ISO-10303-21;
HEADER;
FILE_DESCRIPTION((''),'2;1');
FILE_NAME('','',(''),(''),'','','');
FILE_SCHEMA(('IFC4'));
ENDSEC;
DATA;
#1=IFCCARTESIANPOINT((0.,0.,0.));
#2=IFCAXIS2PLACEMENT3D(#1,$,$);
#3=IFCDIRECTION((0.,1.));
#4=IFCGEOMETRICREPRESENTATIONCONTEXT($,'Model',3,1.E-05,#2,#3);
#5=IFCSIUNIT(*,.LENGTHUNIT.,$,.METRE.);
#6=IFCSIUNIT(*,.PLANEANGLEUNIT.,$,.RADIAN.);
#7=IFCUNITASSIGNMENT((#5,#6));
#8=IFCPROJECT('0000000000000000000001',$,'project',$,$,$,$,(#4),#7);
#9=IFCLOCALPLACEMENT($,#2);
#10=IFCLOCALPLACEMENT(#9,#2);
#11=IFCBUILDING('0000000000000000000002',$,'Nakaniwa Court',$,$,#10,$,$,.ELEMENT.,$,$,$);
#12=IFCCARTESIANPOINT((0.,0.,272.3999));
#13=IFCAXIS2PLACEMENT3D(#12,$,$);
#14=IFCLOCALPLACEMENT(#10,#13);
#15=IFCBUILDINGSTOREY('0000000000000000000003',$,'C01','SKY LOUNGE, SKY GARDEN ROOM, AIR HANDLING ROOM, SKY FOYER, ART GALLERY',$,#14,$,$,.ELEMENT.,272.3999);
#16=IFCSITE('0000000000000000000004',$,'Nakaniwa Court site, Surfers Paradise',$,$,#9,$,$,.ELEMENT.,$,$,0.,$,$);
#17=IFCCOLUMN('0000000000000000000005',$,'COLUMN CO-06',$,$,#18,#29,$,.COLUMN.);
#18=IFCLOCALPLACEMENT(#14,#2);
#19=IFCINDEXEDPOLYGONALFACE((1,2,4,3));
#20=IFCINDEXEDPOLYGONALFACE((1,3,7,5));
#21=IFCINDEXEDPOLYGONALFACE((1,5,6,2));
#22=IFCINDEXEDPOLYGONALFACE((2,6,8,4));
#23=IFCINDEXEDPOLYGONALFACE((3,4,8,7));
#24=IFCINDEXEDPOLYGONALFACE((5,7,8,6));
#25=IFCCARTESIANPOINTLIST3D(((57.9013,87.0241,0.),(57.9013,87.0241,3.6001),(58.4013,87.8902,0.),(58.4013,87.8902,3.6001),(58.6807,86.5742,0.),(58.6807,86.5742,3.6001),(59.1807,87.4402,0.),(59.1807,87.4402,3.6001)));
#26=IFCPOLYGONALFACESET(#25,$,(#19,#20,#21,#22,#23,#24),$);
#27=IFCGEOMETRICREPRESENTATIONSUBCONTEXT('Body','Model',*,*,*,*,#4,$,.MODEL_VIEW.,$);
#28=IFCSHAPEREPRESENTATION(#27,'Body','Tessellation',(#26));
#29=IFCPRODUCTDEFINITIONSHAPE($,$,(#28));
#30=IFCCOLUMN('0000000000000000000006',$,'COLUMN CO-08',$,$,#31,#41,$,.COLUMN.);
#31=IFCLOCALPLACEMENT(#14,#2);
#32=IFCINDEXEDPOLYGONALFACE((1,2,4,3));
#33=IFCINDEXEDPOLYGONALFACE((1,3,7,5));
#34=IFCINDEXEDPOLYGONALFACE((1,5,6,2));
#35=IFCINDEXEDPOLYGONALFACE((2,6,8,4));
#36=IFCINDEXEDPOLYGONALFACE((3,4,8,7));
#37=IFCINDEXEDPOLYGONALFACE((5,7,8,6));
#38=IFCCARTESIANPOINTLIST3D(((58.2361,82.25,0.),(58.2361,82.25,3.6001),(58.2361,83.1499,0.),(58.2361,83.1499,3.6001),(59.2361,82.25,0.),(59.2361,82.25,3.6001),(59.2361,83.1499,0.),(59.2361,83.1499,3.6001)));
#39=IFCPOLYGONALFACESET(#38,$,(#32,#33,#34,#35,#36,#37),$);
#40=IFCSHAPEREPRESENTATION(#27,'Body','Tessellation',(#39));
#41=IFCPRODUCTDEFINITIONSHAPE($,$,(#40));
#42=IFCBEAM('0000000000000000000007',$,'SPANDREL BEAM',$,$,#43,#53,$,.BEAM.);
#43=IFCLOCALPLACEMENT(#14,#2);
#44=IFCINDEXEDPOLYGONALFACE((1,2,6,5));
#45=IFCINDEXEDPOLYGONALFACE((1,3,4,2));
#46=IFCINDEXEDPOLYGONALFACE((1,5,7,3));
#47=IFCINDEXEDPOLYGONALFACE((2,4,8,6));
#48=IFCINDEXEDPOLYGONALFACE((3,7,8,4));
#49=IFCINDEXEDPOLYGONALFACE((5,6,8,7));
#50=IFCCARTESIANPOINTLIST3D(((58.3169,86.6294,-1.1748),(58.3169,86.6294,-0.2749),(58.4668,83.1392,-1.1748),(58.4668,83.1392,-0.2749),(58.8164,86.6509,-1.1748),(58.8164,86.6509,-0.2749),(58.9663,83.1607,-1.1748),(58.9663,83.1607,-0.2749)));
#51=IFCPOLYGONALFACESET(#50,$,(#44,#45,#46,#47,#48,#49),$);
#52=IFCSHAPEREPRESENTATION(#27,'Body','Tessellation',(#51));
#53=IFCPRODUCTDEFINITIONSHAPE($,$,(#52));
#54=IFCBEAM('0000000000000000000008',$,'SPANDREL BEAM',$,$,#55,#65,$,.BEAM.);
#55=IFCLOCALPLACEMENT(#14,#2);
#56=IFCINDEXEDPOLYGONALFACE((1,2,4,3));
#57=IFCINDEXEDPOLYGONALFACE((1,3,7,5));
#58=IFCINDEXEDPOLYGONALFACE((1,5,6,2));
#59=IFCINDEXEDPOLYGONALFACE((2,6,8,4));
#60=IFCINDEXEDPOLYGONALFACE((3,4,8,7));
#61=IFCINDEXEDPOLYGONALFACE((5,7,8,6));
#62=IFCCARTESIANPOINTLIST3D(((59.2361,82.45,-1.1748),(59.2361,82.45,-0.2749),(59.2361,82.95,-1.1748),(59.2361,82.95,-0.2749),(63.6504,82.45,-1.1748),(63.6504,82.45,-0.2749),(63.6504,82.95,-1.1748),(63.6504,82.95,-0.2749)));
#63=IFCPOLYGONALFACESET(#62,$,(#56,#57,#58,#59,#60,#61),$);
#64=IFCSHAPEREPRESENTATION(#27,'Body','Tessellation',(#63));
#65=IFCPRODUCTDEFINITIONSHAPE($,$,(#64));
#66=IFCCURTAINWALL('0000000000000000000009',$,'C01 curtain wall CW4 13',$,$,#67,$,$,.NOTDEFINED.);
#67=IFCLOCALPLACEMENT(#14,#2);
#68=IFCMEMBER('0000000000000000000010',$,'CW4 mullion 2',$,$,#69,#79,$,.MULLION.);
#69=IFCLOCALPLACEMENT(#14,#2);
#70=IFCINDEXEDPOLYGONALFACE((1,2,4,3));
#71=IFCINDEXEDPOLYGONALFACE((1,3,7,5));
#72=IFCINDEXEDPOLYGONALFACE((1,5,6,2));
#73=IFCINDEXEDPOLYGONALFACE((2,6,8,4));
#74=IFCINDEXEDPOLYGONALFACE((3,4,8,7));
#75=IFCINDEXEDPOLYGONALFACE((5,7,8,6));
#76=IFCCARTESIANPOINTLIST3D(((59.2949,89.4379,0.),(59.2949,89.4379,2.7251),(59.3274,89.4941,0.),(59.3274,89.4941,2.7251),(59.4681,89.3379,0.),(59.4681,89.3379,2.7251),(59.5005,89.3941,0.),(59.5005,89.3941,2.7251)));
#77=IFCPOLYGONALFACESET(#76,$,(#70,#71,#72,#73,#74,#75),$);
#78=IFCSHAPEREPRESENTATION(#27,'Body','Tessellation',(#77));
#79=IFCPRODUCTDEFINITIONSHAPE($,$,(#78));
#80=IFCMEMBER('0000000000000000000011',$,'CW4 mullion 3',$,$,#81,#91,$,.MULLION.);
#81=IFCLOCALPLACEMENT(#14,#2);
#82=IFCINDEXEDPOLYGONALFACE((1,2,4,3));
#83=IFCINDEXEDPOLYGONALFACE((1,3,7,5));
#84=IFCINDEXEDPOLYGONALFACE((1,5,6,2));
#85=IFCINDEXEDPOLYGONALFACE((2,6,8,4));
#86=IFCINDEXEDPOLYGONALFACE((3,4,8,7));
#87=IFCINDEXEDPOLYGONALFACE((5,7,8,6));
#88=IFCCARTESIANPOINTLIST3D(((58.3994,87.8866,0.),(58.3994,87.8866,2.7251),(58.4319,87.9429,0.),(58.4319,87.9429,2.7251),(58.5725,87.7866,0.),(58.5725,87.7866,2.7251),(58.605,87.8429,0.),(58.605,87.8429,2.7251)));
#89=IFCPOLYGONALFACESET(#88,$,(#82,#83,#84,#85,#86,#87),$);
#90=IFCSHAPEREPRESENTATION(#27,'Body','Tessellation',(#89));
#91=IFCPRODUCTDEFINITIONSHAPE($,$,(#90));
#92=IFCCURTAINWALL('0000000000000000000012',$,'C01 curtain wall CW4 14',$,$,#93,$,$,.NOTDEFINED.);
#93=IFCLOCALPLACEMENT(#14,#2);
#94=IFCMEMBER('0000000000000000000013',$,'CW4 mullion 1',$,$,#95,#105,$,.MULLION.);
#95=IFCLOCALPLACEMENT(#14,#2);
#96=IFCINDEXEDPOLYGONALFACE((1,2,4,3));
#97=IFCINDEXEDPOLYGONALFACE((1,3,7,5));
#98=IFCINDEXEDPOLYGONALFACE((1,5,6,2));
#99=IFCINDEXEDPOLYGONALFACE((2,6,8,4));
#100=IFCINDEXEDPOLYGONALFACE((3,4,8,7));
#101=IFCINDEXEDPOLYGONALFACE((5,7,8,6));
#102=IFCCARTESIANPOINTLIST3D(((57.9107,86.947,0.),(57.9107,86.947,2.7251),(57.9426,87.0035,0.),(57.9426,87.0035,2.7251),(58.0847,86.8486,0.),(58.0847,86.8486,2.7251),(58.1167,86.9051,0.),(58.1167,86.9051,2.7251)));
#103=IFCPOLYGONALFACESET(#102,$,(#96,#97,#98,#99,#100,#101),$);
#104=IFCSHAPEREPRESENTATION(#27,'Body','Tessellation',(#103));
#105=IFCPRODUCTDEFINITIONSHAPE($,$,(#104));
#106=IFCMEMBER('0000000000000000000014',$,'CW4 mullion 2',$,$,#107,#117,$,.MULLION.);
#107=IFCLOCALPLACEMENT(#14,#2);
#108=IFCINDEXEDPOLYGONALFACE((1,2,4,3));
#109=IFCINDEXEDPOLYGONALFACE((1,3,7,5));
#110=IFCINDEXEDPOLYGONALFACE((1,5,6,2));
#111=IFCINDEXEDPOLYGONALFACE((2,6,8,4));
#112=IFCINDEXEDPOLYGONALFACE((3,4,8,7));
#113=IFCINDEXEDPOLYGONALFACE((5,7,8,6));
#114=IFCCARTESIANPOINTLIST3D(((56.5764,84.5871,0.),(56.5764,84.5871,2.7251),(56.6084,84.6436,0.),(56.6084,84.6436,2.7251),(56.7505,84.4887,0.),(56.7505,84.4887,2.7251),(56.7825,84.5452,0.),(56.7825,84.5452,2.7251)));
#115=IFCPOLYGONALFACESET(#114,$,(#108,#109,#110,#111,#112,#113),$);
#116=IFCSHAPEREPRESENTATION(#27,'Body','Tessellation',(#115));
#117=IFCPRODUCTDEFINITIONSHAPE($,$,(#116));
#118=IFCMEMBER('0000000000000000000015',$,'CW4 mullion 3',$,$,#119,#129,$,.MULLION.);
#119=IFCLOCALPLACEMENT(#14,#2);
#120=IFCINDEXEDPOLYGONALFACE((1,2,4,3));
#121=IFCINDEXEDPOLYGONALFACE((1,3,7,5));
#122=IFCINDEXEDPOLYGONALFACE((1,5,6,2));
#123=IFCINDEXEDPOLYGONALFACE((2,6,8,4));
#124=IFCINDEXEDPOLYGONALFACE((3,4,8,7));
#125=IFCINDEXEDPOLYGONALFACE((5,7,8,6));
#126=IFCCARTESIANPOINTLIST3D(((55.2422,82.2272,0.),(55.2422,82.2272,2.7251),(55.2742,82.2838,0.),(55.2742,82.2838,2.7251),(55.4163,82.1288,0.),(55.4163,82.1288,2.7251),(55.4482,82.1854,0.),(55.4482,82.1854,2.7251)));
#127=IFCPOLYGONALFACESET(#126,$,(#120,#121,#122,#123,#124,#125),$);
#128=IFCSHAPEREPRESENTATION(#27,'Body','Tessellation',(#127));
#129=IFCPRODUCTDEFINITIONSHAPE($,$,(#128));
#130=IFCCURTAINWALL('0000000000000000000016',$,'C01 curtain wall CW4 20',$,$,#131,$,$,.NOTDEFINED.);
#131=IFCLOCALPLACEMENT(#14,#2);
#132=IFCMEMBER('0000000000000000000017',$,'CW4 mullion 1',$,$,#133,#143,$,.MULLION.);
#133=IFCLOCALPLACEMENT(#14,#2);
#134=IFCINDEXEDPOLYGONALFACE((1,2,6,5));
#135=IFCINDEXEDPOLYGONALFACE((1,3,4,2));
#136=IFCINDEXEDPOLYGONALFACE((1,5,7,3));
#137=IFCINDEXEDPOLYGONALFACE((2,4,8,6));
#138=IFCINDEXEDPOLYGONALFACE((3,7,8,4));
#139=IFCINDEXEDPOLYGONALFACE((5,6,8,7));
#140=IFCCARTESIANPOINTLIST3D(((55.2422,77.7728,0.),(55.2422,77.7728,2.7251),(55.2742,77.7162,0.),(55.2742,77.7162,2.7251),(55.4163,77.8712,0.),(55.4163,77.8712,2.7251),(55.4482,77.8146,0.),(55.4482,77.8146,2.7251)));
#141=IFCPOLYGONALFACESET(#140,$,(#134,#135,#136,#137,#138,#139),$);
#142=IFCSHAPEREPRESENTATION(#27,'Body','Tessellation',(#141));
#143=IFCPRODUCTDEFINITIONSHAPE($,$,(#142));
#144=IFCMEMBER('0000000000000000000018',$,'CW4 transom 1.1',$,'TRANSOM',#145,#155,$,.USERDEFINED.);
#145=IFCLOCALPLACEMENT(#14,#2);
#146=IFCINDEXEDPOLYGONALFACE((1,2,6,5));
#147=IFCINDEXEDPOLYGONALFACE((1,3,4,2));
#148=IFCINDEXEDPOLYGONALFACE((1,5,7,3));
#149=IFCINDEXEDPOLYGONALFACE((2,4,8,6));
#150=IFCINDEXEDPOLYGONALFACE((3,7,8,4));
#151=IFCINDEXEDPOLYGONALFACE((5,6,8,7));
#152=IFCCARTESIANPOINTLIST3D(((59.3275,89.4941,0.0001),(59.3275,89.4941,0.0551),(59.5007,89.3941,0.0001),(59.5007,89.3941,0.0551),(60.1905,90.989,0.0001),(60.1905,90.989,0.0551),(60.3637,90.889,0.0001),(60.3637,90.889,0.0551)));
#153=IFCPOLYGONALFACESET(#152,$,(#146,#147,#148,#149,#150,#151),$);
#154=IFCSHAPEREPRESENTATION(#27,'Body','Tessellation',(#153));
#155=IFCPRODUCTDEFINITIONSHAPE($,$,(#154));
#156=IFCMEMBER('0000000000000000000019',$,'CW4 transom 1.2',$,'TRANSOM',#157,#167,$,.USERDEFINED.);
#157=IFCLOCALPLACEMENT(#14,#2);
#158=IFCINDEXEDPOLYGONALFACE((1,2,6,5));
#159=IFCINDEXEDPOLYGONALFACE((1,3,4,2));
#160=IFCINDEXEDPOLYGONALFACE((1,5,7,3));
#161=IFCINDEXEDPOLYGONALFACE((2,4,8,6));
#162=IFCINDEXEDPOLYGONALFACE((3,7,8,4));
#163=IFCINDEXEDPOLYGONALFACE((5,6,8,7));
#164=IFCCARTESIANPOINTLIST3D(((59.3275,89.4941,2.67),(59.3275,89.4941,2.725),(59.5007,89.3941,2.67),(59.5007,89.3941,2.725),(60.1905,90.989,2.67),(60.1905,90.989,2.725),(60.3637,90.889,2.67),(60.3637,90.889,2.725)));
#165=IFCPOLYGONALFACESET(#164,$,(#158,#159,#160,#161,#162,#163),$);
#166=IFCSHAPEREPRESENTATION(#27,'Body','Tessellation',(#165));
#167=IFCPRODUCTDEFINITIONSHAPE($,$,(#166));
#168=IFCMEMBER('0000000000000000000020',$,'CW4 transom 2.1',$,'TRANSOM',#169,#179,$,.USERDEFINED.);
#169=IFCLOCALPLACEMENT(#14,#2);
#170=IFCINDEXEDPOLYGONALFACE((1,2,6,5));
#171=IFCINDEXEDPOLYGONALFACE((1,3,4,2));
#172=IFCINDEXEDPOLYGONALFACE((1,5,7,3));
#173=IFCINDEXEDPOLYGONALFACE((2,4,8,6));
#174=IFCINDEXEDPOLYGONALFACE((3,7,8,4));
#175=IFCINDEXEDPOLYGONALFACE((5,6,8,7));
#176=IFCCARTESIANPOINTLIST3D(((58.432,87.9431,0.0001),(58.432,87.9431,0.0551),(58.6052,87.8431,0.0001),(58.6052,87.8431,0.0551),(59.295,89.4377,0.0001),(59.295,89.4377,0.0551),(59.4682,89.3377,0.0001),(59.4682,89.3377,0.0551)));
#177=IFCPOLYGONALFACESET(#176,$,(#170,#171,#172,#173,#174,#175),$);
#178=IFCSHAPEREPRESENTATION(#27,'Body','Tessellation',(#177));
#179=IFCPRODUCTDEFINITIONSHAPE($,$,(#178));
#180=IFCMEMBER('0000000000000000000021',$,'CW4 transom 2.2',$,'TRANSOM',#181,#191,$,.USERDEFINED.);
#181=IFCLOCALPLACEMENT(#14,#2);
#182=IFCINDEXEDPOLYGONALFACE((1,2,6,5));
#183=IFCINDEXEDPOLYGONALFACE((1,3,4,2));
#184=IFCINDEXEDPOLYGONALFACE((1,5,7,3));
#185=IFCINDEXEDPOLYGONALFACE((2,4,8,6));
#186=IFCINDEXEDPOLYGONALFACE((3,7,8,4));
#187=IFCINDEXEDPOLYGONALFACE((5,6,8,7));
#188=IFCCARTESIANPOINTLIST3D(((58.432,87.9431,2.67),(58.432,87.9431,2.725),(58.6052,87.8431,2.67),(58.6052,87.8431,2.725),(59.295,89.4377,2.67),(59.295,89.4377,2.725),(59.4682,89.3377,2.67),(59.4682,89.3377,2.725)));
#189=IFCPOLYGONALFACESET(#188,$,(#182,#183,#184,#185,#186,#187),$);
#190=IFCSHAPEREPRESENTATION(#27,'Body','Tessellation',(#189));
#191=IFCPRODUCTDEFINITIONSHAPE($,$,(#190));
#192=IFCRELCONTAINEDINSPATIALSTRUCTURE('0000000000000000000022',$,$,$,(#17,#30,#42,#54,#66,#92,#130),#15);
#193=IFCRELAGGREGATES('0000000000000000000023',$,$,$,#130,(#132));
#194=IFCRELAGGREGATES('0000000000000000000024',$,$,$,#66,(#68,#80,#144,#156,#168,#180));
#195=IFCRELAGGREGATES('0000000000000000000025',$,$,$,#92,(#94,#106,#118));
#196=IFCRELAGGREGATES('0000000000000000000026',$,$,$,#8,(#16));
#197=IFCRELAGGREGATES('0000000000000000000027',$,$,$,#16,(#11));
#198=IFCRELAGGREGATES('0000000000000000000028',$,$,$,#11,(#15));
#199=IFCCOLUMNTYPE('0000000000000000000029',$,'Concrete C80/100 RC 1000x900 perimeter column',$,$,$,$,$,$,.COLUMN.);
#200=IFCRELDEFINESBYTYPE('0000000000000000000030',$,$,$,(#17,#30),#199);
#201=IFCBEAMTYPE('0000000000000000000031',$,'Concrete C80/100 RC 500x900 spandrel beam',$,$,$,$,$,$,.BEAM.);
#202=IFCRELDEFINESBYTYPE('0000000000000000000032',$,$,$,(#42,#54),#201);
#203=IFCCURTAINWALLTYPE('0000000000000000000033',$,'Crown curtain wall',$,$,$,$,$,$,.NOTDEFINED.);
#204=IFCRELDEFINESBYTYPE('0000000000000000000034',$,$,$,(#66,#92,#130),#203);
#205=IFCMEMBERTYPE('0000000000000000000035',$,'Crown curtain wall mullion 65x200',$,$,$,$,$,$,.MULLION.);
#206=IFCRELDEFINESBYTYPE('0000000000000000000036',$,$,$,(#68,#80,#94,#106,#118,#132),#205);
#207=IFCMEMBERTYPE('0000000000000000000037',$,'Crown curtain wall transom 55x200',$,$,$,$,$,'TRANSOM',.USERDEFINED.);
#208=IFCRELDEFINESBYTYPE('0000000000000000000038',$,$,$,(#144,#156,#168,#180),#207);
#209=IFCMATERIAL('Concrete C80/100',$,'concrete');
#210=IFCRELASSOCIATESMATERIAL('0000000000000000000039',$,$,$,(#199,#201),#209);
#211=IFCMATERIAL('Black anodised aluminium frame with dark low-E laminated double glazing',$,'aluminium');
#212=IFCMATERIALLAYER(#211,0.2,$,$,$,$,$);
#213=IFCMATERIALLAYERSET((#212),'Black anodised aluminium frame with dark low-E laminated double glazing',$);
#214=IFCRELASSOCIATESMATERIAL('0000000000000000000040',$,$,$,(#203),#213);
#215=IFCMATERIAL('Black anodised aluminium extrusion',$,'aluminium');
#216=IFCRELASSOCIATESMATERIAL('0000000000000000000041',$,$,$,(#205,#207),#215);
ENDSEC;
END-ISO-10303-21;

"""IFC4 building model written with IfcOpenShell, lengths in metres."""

from ifc_helpers import new_model, si_unit, direction, frame, origin, origin_2d, place, context, subcontext, project, spatial, rectangle, extrude, material, layer, layer_set, material_profile, profile_set, type_object, element, aggregate, save


model = new_model("IFC4")

# Units and contexts
model_context = context("Model", 3, precision=1e-05, world=origin(), true_north=direction((0.0, 1.0)))
body_context = subcontext(model_context, "Body", "Model", "MODEL_VIEW")
ifc_project = project(units=[si_unit("LENGTHUNIT", "METRE"), si_unit("PLANEANGLEUNIT", "RADIAN")], contexts=[model_context])

# Site, building, storey
site_placement = place(None, origin())
site = spatial("IfcSite", under=ifc_project, at=site_placement, Name="Nakaniwa Court site, Surfers Paradise", CompositionType="ELEMENT", RefElevation=0.0)
building_placement = place(site_placement, origin())
building = spatial("IfcBuilding", under=site, at=building_placement, Name="Nakaniwa Court", CompositionType="ELEMENT")
storey_placement = place(building_placement, frame((0.0, 0.0, 272.3999)))
storey = spatial("IfcBuildingStorey", under=building, at=storey_placement, Name="C01", Description="SKY LOUNGE, SKY GARDEN ROOM, AIR HANDLING ROOM, SKY FOYER, ART GALLERY", CompositionType="ELEMENT", Elevation=272.3999)

# Columns
ifc_material_1 = material(Name="Concrete C80/100", Category="concrete")
ifc_material_profile_1 = material_profile(ifc_material_1, rectangle(XDim=1.0, YDim=0.8999, at=origin_2d()), Name="Concrete C80/100 RC 1000x900 perimeter column")
ifc_profile_set_1 = profile_set([ifc_material_profile_1], Name="Concrete C80/100")
column_type = type_object("IfcColumnType", Name="Concrete C80/100 RC 1000x900 perimeter column", PredefinedType="COLUMN", material=ifc_profile_set_1)
for number, where, z_axis, x_axis, name in (
    (1, (58.541, 87.2322, 0.0), (0.0, 0.0, 1.0), (-0.5, -0.866025, 0.0), "COLUMN CO-06"),
    (2, (58.7361, 82.7, 0.0), (0.0, 0.0, 1.0), (1.0, 0.0, 0.0), "COLUMN CO-08"),
):
    element("IfcColumn", number, at=place(storey_placement, frame(where, z_axis=z_axis, x_axis=x_axis)), inside=storey, type_object=column_type, Name=name, PredefinedType="COLUMN", context=body_context, shape_type="SweptSolid", body=[
        extrude(rectangle(XDim=1.0, YDim=0.8999, at=origin_2d()), origin(), (0.0, 0.0, 1.0), 3.6001),
    ])

# Beams
ifc_material_profile_2 = material_profile(ifc_material_1, rectangle(XDim=0.5, YDim=0.8999, at=origin_2d()), Name="Concrete C80/100 RC 500x900 spandrel beam")
ifc_profile_set_2 = profile_set([ifc_material_profile_2], Name="Concrete C80/100")
beam_type = type_object("IfcBeamType", Name="Concrete C80/100 RC 500x900 spandrel beam", PredefinedType="BEAM", material=ifc_profile_set_2)
beam_1_placement = place(storey_placement, frame((58.5667, 86.6401, -0.7249), z_axis=(0.04291, -0.999079, 0.0), x_axis=(0.999079, 0.04291, 0.0)))
element("IfcBeam", 3, at=beam_1_placement, inside=storey, type_object=beam_type, Name="SPANDREL BEAM", PredefinedType="BEAM", context=body_context, shape_type="SweptSolid", body=[
    extrude(rectangle(XDim=0.5, YDim=0.8999, at=origin_2d()), origin(), (0.0, 0.0, 1.0), 3.4934),
])
beam_2_placement = place(storey_placement, frame((59.2361, 82.7, -0.7249), z_axis=(1.0, 0.0, 0.0), x_axis=(0.0, 1.0, 0.0)))
element("IfcBeam", 4, at=beam_2_placement, inside=storey, type_object=beam_type, Name="SPANDREL BEAM", PredefinedType="BEAM", context=body_context, shape_type="SweptSolid", body=[
    extrude(rectangle(XDim=0.5, YDim=0.8999, at=origin_2d()), origin(), (0.0, 0.0, 1.0), 4.4143),
])

# Curtain walls, members
ifc_material_2 = material(Name="Black anodised aluminium frame with dark low-E laminated double glazing", Category="aluminium")
ifc_layer_1 = layer(ifc_material_2, 0.2)
ifc_layer_set_1 = layer_set([ifc_layer_1], Name="Black anodised aluminium frame with dark low-E laminated double glazing")
curtain_wall_type = type_object("IfcCurtainWallType", Name="Crown curtain wall", PredefinedType="NOTDEFINED", material=ifc_layer_set_1)
curtain_wall_1_placement = place(storey_placement, origin())
curtain_wall_1 = element("IfcCurtainWall", 5, at=curtain_wall_1_placement, inside=storey, type_object=curtain_wall_type, Name="C01 curtain wall CW4 13", PredefinedType="NOTDEFINED")
ifc_material_3 = material(Name="Black anodised aluminium extrusion", Category="aluminium")
ifc_material_profile_3 = material_profile(ifc_material_3, rectangle(XDim=0.2, YDim=0.0649, at=origin_2d()), Name="Crown curtain wall mullion 65x200")
ifc_profile_set_3 = profile_set([ifc_material_profile_3], Name="Black anodised aluminium extrusion")
member_type_1 = type_object("IfcMemberType", Name="Crown curtain wall mullion 65x200", PredefinedType="MULLION", material=ifc_profile_set_3)
member_1_placement = place(storey_placement, frame((59.3977, 89.416, 0.0), z_axis=(0.0, 0.0, 1.0), x_axis=(0.866033, -0.499987, 0.0)))
member_1 = element("IfcMember", 6, at=member_1_placement, type_object=member_type_1, Name="CW4 mullion 2", PredefinedType="MULLION", context=body_context, shape_type="SweptSolid", body=[
    extrude(rectangle(XDim=0.2, YDim=0.0649, at=origin_2d()), origin(), (0.0, 0.0, 1.0), 2.7251),
])
member_2_placement = place(storey_placement, frame((58.5022, 87.8647, 0.0), z_axis=(0.0, 0.0, 1.0), x_axis=(0.866033, -0.499987, 0.0)))
member_2 = element("IfcMember", 7, at=member_2_placement, type_object=member_type_1, Name="CW4 mullion 3", PredefinedType="MULLION", context=body_context, shape_type="SweptSolid", body=[
    extrude(rectangle(XDim=0.2, YDim=0.0649, at=origin_2d()), origin(), (0.0, 0.0, 1.0), 2.7251),
])
curtain_wall_2_placement = place(storey_placement, origin())
curtain_wall_2 = element("IfcCurtainWall", 8, at=curtain_wall_2_placement, inside=storey, type_object=curtain_wall_type, Name="C01 curtain wall CW4 14", PredefinedType="NOTDEFINED")
member_3_placement = place(storey_placement, frame((58.0137, 86.926, 0.0), z_axis=(0.0, 0.0, 1.0), x_axis=(0.870495, -0.492177, 0.0)))
member_3 = element("IfcMember", 9, at=member_3_placement, type_object=member_type_1, Name="CW4 mullion 1", PredefinedType="MULLION", context=body_context, shape_type="SweptSolid", body=[
    extrude(rectangle(XDim=0.2, YDim=0.0649, at=origin_2d()), origin(), (0.0, 0.0, 1.0), 2.7251),
])
member_4_placement = place(storey_placement, frame((56.6794, 84.5662, 0.0), z_axis=(0.0, 0.0, 1.0), x_axis=(0.870495, -0.492177, 0.0)))
member_4 = element("IfcMember", 10, at=member_4_placement, type_object=member_type_1, Name="CW4 mullion 2", PredefinedType="MULLION", context=body_context, shape_type="SweptSolid", body=[
    extrude(rectangle(XDim=0.2, YDim=0.0649, at=origin_2d()), origin(), (0.0, 0.0, 1.0), 2.7251),
])
member_5_placement = place(storey_placement, frame((55.3452, 82.2063, 0.0), z_axis=(0.0, 0.0, 1.0), x_axis=(0.870495, -0.492177, 0.0)))
member_5 = element("IfcMember", 11, at=member_5_placement, type_object=member_type_1, Name="CW4 mullion 3", PredefinedType="MULLION", context=body_context, shape_type="SweptSolid", body=[
    extrude(rectangle(XDim=0.2, YDim=0.0649, at=origin_2d()), origin(), (0.0, 0.0, 1.0), 2.7251),
])

# Curtain wall, member
curtain_wall_3_placement = place(storey_placement, origin())
curtain_wall_3 = element("IfcCurtainWall", 12, at=curtain_wall_3_placement, inside=storey, type_object=curtain_wall_type, Name="C01 curtain wall CW4 20", PredefinedType="NOTDEFINED")
member_6_placement = place(storey_placement, frame((55.3452, 77.7937, 0.0), z_axis=(0.0, 0.0, 1.0), x_axis=(0.870495, 0.492177, 0.0)))
member_6 = element("IfcMember", 13, at=member_6_placement, type_object=member_type_1, Name="CW4 mullion 1", PredefinedType="MULLION", context=body_context, shape_type="SweptSolid", body=[
    extrude(rectangle(XDim=0.2, YDim=0.0649, at=origin_2d()), origin(), (0.0, 0.0, 1.0), 2.7251),
])

# Members
ifc_material_profile_4 = material_profile(ifc_material_3, rectangle(XDim=0.2, YDim=0.0549, at=origin_2d()), Name="Crown curtain wall transom 55x200")
ifc_profile_set_4 = profile_set([ifc_material_profile_4], Name="Black anodised aluminium extrusion")
member_type_2 = type_object("IfcMemberType", Name="Crown curtain wall transom 55x200", ElementType="TRANSOM", PredefinedType="USERDEFINED", material=ifc_profile_set_4)
member_7_placement = place(storey_placement, frame((60.2771, 90.939, 0.0276), z_axis=(-0.499988, -0.866032, 0.0), x_axis=(0.866032, -0.499988, 0.0)))
member_7 = element("IfcMember", 14, at=member_7_placement, type_object=member_type_2, Name="CW4 transom 1.1", ObjectType="TRANSOM", PredefinedType="USERDEFINED", context=body_context, shape_type="SweptSolid", body=[
    extrude(rectangle(XDim=0.2, YDim=0.0549, at=origin_2d()), origin(), (0.0, 0.0, 1.0), 1.7261),
])
member_8_placement = place(storey_placement, frame((60.2771, 90.939, 2.6975), z_axis=(-0.499988, -0.866032, 0.0), x_axis=(0.866032, -0.499988, 0.0)))
member_8 = element("IfcMember", 15, at=member_8_placement, type_object=member_type_2, Name="CW4 transom 1.2", ObjectType="TRANSOM", PredefinedType="USERDEFINED", context=body_context, shape_type="SweptSolid", body=[
    extrude(rectangle(XDim=0.2, YDim=0.0549, at=origin_2d()), origin(), (0.0, 0.0, 1.0), 1.7261),
])
member_9_placement = place(storey_placement, frame((59.3816, 89.3877, 0.0276), z_axis=(-0.500049, -0.865997, 0.0), x_axis=(0.865997, -0.500049, 0.0)))
member_9 = element("IfcMember", 16, at=member_9_placement, type_object=member_type_2, Name="CW4 transom 2.1", ObjectType="TRANSOM", PredefinedType="USERDEFINED", context=body_context, shape_type="SweptSolid", body=[
    extrude(rectangle(XDim=0.2, YDim=0.0549, at=origin_2d()), origin(), (0.0, 0.0, 1.0), 1.7258),
])
member_10_placement = place(storey_placement, frame((59.3816, 89.3877, 2.6975), z_axis=(-0.500049, -0.865997, 0.0), x_axis=(0.865997, -0.500049, 0.0)))
member_10 = element("IfcMember", 17, at=member_10_placement, type_object=member_type_2, Name="CW4 transom 2.2", ObjectType="TRANSOM", PredefinedType="USERDEFINED", context=body_context, shape_type="SweptSolid", body=[
    extrude(rectangle(XDim=0.2, YDim=0.0549, at=origin_2d()), origin(), (0.0, 0.0, 1.0), 1.7258),
])
aggregate(curtain_wall_3, [member_6])

aggregate(curtain_wall_1, [member_1, member_2, member_7, member_8, member_9, member_10])
aggregate(curtain_wall_2, [member_3, member_4, member_5])

save(model, "model.ifc")
